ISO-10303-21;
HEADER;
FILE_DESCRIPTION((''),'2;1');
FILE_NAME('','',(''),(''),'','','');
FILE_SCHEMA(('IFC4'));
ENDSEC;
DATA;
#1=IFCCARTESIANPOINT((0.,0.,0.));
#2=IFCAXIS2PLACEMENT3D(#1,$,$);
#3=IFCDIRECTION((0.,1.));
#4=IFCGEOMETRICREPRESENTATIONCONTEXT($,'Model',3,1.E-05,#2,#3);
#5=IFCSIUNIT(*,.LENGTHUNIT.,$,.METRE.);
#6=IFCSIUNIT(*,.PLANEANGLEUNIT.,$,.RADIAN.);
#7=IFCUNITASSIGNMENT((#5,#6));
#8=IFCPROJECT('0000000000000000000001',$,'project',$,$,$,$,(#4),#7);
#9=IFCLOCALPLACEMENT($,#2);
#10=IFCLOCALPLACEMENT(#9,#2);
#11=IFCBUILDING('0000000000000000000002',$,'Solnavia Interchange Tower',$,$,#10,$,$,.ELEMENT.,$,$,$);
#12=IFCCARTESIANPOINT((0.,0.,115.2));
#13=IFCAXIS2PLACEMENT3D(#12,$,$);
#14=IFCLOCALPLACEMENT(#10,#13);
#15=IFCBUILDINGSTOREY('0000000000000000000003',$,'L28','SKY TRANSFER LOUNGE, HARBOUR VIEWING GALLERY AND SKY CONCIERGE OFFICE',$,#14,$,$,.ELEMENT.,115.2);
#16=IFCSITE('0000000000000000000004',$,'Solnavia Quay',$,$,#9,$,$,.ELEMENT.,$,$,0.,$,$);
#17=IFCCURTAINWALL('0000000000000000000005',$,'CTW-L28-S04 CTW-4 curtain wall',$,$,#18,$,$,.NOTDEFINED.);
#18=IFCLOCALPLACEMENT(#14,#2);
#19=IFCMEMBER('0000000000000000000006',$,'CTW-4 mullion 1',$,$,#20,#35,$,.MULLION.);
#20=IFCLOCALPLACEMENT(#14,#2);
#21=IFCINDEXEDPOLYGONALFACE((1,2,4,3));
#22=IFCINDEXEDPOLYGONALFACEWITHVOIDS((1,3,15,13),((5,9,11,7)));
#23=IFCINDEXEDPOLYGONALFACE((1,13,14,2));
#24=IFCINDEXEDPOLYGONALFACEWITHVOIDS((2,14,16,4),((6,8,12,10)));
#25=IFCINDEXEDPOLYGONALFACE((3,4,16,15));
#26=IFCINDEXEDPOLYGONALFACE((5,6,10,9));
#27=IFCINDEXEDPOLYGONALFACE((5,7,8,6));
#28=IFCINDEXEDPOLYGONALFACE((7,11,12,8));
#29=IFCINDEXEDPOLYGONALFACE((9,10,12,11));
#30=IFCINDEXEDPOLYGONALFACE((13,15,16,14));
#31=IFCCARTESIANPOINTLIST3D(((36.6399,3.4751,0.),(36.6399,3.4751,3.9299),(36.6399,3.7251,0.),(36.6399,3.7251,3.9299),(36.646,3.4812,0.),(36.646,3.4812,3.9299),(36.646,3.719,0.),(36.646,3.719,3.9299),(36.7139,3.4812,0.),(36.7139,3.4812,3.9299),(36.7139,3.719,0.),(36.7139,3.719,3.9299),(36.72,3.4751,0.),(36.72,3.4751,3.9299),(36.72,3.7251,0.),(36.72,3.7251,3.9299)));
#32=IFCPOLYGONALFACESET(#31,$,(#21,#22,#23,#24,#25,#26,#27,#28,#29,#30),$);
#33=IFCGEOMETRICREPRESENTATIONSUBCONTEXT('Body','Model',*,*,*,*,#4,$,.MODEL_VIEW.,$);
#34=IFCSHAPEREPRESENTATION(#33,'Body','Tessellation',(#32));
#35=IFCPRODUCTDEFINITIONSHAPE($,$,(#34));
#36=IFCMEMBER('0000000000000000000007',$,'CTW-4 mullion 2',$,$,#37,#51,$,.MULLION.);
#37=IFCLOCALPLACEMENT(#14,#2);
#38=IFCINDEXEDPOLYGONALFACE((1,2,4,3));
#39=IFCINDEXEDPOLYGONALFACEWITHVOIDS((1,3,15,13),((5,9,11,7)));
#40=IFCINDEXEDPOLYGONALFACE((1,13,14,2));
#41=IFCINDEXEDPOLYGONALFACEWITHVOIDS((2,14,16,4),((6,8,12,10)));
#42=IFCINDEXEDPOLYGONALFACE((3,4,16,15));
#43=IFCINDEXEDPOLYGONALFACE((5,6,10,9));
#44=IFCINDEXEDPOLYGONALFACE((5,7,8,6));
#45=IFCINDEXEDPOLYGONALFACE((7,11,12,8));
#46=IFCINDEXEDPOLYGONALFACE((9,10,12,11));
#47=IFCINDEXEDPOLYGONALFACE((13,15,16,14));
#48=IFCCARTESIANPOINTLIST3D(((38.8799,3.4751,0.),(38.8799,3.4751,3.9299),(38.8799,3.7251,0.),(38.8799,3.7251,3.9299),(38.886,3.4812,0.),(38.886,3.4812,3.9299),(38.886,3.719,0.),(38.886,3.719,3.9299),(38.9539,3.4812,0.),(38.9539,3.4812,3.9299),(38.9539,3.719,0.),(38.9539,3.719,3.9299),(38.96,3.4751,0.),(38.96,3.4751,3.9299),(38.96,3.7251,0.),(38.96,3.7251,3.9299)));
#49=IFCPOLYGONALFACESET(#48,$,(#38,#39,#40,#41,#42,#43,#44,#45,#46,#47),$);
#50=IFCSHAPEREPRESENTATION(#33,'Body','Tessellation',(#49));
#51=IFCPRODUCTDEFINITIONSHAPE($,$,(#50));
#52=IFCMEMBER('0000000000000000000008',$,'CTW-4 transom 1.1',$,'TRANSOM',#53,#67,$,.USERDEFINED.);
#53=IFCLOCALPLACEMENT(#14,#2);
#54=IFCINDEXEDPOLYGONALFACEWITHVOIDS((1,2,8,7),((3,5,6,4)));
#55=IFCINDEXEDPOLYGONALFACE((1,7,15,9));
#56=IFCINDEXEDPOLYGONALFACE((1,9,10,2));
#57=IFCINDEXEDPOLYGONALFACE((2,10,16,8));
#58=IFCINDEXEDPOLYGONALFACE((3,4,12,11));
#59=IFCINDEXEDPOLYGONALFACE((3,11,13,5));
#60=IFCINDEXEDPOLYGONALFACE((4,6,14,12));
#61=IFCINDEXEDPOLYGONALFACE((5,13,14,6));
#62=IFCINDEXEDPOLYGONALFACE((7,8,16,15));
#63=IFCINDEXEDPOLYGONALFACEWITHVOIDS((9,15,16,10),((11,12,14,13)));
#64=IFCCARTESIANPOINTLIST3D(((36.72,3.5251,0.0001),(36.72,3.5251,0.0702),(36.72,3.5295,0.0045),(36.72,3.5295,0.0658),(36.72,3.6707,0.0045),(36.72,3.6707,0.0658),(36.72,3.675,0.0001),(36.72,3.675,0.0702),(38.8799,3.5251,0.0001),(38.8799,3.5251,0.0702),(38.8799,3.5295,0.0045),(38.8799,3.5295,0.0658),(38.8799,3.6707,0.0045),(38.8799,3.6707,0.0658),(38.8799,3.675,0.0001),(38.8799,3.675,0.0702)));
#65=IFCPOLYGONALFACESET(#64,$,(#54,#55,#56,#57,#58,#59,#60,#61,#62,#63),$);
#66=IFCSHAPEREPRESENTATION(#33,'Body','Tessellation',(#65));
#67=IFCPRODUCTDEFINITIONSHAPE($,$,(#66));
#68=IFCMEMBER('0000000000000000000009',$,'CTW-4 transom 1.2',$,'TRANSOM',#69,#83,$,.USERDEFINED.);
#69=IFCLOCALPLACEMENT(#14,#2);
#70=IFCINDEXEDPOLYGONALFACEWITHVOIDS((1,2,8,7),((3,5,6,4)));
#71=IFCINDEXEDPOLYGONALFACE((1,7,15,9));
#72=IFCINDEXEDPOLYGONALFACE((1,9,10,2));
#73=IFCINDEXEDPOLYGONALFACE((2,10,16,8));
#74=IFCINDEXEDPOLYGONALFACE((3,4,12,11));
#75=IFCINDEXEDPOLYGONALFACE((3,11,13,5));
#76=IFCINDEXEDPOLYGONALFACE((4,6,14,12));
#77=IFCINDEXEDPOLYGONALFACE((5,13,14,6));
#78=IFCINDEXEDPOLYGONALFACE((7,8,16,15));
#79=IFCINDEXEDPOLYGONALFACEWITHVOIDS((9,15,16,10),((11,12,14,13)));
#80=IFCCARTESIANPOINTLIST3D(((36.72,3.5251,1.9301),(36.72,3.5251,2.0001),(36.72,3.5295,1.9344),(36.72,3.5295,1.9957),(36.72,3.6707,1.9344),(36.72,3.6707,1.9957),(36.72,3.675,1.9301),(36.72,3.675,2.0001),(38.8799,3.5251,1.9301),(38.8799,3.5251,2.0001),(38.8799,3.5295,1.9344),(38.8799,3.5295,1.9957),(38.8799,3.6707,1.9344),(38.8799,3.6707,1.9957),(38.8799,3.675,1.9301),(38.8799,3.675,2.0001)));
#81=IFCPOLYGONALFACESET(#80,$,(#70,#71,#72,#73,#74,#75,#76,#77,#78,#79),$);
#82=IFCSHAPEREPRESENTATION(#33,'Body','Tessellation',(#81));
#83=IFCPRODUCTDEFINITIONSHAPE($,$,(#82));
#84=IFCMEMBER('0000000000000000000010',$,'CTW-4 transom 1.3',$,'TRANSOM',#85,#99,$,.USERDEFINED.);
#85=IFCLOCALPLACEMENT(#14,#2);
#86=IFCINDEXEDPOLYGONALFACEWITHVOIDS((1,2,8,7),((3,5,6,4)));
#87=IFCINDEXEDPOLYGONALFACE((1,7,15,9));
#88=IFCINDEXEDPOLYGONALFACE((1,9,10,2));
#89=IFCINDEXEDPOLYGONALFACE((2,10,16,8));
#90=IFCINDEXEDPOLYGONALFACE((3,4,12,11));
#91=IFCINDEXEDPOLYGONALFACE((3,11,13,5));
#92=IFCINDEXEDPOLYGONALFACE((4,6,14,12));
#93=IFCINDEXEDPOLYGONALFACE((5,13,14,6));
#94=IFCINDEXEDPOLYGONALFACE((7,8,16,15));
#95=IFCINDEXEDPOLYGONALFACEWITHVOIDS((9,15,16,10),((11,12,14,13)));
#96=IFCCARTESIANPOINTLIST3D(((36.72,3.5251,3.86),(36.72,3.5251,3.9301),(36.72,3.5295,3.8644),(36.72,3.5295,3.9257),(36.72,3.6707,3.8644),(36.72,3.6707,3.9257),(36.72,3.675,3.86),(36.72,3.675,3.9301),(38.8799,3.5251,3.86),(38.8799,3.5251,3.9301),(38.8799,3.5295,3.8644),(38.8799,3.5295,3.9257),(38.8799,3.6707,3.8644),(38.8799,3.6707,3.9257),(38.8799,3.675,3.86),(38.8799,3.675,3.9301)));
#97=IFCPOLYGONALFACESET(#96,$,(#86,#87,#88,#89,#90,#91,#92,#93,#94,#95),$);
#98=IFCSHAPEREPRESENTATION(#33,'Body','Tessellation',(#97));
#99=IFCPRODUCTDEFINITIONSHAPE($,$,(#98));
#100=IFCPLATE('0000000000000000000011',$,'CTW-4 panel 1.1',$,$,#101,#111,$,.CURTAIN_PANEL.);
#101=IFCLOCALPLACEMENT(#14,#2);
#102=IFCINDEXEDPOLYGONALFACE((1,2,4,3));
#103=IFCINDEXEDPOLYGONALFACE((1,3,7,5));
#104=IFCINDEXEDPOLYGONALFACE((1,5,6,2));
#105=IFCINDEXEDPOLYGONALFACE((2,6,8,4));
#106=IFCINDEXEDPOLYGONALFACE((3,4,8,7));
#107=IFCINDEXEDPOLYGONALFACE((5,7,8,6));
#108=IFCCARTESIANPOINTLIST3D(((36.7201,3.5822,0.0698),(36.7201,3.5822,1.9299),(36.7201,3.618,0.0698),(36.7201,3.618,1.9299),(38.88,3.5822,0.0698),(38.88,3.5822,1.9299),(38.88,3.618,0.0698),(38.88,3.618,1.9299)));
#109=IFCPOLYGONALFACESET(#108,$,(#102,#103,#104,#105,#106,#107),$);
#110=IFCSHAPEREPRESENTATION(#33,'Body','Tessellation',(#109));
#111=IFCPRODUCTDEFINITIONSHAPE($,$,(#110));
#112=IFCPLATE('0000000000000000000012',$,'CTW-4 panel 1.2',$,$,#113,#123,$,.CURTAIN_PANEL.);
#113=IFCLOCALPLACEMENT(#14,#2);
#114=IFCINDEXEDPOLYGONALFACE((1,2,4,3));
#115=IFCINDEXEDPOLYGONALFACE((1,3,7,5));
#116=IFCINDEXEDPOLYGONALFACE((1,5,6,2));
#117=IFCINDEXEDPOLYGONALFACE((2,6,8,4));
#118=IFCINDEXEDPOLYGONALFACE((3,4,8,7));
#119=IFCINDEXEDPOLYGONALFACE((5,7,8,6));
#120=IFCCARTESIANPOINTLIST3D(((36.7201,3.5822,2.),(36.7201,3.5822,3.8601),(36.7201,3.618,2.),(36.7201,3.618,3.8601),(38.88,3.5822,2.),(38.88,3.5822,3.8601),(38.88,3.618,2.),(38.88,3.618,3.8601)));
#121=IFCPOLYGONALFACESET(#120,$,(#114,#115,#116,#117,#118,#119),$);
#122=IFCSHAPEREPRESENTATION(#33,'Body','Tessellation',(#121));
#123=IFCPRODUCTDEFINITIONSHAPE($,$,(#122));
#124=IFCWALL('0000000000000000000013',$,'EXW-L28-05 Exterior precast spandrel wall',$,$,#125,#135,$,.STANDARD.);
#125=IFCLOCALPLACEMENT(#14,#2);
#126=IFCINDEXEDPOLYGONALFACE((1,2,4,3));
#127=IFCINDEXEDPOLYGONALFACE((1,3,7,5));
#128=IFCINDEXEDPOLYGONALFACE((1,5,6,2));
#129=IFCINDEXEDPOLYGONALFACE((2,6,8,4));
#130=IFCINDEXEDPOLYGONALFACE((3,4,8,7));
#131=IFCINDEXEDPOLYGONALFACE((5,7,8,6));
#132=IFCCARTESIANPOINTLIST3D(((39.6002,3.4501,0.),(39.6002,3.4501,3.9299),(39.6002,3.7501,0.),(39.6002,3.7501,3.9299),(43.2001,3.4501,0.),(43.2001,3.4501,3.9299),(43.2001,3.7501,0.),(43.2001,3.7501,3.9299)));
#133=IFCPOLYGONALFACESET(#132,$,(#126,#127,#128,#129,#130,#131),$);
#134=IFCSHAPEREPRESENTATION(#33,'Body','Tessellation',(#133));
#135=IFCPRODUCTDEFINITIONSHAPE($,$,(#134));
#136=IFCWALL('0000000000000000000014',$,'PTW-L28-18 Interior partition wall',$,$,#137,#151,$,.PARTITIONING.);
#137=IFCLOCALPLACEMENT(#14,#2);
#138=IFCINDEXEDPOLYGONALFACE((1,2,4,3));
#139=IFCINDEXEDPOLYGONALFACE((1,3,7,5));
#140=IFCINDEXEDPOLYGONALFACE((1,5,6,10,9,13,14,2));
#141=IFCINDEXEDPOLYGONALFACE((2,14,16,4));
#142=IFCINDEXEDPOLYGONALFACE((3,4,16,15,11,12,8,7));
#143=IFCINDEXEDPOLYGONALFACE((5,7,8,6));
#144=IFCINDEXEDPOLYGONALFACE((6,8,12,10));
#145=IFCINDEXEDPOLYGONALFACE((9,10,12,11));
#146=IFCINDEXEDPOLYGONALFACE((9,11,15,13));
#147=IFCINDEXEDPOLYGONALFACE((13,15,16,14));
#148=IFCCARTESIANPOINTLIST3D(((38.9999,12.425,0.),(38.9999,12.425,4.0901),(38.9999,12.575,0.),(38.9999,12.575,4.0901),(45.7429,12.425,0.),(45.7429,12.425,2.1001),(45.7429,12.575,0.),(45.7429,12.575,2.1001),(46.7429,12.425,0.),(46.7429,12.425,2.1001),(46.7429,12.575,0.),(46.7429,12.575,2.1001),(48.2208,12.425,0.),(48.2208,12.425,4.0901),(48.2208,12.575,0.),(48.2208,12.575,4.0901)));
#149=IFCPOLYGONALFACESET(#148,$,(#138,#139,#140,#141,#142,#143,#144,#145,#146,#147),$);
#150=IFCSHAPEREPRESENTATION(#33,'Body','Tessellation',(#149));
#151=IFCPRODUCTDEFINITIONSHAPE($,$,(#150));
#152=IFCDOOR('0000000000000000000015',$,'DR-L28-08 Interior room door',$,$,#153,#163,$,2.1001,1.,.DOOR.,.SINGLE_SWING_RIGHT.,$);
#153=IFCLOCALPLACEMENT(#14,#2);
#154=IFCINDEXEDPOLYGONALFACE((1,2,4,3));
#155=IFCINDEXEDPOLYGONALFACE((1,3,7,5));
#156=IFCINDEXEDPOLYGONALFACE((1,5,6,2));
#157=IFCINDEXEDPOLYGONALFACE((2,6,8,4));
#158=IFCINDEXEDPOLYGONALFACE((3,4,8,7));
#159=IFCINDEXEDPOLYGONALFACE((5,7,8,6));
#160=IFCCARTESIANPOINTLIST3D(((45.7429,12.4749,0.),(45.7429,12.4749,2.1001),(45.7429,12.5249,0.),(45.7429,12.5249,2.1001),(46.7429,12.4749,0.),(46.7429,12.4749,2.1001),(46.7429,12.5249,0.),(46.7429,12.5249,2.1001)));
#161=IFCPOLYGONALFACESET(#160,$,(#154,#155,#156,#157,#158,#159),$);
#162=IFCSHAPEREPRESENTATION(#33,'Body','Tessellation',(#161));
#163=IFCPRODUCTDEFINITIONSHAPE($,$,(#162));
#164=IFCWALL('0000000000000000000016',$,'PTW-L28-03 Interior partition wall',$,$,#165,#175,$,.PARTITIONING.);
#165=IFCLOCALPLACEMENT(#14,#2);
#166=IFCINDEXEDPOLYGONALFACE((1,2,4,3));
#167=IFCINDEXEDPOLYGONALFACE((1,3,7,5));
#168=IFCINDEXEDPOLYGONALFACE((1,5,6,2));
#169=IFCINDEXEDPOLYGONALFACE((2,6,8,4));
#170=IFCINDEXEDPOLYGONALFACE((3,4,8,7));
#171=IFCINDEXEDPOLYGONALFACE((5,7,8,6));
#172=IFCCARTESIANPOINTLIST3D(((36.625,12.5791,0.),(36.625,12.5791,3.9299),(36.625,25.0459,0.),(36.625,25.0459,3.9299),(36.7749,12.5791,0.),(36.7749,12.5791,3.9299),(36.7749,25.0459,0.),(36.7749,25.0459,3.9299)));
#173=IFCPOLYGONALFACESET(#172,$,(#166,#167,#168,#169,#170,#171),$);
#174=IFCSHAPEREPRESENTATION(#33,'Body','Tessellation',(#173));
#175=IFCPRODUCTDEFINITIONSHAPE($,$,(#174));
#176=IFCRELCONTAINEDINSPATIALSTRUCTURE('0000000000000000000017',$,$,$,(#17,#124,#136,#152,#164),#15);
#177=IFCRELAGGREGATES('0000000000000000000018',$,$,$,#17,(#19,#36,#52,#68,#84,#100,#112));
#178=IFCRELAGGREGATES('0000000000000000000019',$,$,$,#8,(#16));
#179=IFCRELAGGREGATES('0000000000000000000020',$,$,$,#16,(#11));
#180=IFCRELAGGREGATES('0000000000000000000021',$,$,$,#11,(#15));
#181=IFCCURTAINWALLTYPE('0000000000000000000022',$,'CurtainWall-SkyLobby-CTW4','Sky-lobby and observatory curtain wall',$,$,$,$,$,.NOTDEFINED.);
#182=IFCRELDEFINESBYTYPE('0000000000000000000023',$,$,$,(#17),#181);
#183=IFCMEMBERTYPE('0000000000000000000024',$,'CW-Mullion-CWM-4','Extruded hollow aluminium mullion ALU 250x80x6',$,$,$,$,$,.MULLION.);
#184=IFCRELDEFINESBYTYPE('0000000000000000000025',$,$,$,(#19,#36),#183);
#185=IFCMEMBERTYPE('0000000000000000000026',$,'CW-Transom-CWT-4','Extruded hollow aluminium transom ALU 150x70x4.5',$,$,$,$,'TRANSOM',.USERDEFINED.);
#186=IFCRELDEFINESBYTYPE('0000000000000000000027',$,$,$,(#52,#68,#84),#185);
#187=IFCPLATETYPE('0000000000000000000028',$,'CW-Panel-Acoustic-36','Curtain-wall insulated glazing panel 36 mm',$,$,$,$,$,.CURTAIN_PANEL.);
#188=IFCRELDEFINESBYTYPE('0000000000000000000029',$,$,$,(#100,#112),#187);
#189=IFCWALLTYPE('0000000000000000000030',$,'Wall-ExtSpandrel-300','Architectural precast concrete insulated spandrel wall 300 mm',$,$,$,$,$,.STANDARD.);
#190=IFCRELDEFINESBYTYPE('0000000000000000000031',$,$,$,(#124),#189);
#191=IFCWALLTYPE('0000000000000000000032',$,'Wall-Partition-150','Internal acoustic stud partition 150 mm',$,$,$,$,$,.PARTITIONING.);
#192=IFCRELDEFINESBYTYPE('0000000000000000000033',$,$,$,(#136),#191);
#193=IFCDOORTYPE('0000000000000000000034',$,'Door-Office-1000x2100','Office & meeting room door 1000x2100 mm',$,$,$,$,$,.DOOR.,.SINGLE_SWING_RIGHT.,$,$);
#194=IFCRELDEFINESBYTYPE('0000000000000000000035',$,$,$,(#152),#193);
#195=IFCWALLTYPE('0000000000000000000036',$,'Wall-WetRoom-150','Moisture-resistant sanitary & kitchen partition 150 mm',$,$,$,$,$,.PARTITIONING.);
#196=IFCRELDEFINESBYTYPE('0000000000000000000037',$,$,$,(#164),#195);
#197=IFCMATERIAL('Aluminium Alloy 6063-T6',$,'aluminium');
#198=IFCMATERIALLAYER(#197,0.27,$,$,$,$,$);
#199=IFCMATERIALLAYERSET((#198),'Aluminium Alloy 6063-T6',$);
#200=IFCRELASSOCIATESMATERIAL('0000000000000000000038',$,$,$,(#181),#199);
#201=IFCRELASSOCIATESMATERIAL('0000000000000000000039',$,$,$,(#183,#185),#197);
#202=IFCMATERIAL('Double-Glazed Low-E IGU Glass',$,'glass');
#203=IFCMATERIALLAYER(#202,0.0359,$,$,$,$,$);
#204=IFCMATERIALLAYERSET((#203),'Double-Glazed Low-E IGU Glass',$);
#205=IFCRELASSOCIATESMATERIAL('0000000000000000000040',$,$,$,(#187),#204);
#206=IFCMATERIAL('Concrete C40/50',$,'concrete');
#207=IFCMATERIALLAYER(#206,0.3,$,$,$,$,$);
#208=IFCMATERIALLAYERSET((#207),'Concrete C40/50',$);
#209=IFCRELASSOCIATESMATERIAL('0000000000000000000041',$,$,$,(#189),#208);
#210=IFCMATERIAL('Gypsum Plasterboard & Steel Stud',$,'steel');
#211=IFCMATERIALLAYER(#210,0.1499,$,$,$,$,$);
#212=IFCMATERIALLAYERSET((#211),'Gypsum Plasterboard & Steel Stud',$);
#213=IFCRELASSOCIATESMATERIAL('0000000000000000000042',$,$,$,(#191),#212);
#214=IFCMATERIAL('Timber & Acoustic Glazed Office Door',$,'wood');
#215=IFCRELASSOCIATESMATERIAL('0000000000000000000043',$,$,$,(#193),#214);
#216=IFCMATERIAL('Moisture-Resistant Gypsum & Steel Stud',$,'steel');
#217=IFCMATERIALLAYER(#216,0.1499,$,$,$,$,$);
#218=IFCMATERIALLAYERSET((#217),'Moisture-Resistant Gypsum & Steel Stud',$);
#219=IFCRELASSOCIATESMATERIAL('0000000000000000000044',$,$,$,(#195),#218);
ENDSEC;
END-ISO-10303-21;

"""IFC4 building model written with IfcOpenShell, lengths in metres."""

from ifc_helpers import new_model, si_unit, direction, frame, frame_2d, origin, origin_2d, place, context, subcontext, project, spatial, rectangle, hollow_rectangle, extrude, material, layer, layer_set, material_profile, profile_set, type_object, element, fill, aggregate, save


model = new_model("IFC4")

# Units and contexts
model_context = context("Model", 3, precision=1e-05, world=origin(), true_north=direction((0.0, 1.0)))
body_context = subcontext(model_context, "Body", "Model", "MODEL_VIEW")
ifc_project = project(units=[si_unit("LENGTHUNIT", "METRE"), si_unit("PLANEANGLEUNIT", "RADIAN")], contexts=[model_context])

# Site, building, storey
site_placement = place(None, origin())
site = spatial("IfcSite", under=ifc_project, at=site_placement, Name="Solnavia Quay", CompositionType="ELEMENT", RefElevation=0.0)
building_placement = place(site_placement, origin())
building = spatial("IfcBuilding", under=site, at=building_placement, Name="Solnavia Interchange Tower", CompositionType="ELEMENT")
storey_placement = place(building_placement, frame((0.0, 0.0, 115.2)))
storey = spatial("IfcBuildingStorey", under=building, at=storey_placement, Name="L28", Description="SKY TRANSFER LOUNGE, HARBOUR VIEWING GALLERY AND SKY CONCIERGE OFFICE", CompositionType="ELEMENT", Elevation=115.2)

# Curtain wall, members, plates
ifc_material_1 = material(Name="Aluminium Alloy 6063-T6", Category="aluminium")
ifc_layer_1 = layer(ifc_material_1, 0.27)
ifc_layer_set_1 = layer_set([ifc_layer_1], Name="Aluminium Alloy 6063-T6")
curtain_wall_type = type_object("IfcCurtainWallType", Name="CurtainWall-SkyLobby-CTW4", Description="Sky-lobby and observatory curtain wall", PredefinedType="NOTDEFINED", material=ifc_layer_set_1)
curtain_wall_placement = place(storey_placement, origin())
curtain_wall = element("IfcCurtainWall", 1, at=curtain_wall_placement, inside=storey, type_object=curtain_wall_type, Name="CTW-L28-S04 CTW-4 curtain wall", PredefinedType="NOTDEFINED")
ifc_material_profile_1 = material_profile(ifc_material_1, hollow_rectangle(XDim=0.0801, YDim=0.25, WallThickness=0.0061, at=origin_2d()), Name="ALU 250x80x6")
ifc_profile_set_1 = profile_set([ifc_material_profile_1], Name="Aluminium Alloy 6063-T6")
member_type_1 = type_object("IfcMemberType", Name="CW-Mullion-CWM-4", Description="Extruded hollow aluminium mullion ALU 250x80x6", PredefinedType="MULLION", material=ifc_profile_set_1)
member_1_placement = place(storey_placement, frame((36.6799, 3.6001, 0.0), z_axis=(0.0, 0.0, 1.0), x_axis=(1.0, 0.0, 0.0)))
member_1 = element("IfcMember", 2, at=member_1_placement, type_object=member_type_1, Name="CTW-4 mullion 1", PredefinedType="MULLION", context=body_context, shape_type="SweptSolid", body=[
    extrude(hollow_rectangle(XDim=0.0801, YDim=0.25, WallThickness=0.0061, at=origin_2d()), origin(), (0.0, 0.0, 1.0), 3.9299),
])
member_2_placement = place(storey_placement, frame((38.9199, 3.6001, 0.0), z_axis=(0.0, 0.0, 1.0), x_axis=(1.0, 0.0, 0.0)))
member_2 = element("IfcMember", 3, at=member_2_placement, type_object=member_type_1, Name="CTW-4 mullion 2", PredefinedType="MULLION", context=body_context, shape_type="SweptSolid", body=[
    extrude(hollow_rectangle(XDim=0.0801, YDim=0.25, WallThickness=0.0061, at=origin_2d()), origin(), (0.0, 0.0, 1.0), 3.9299),
])
ifc_material_profile_2 = material_profile(ifc_material_1, hollow_rectangle(XDim=0.0701, YDim=0.1499, WallThickness=0.0044, at=origin_2d()), Name="ALU 150x70x4.5")
ifc_profile_set_2 = profile_set([ifc_material_profile_2], Name="Aluminium Alloy 6063-T6")
member_type_2 = type_object("IfcMemberType", Name="CW-Transom-CWT-4", Description="Extruded hollow aluminium transom ALU 150x70x4.5", ElementType="TRANSOM", PredefinedType="USERDEFINED", material=ifc_profile_set_2)
member_3_placement = place(storey_placement, frame((36.72, 3.6001, 0.0352), z_axis=(1.0, 0.0, 0.0), x_axis=(0.0, 0.0, 1.0)))
member_3 = element("IfcMember", 4, at=member_3_placement, type_object=member_type_2, Name="CTW-4 transom 1.1", ObjectType="TRANSOM", PredefinedType="USERDEFINED", context=body_context, shape_type="SweptSolid", body=[
    extrude(hollow_rectangle(XDim=0.0701, YDim=0.1499, WallThickness=0.0044, at=origin_2d()), origin(), (0.0, 0.0, 1.0), 2.1599),
])
member_4_placement = place(storey_placement, frame((36.72, 3.6001, 1.9651), z_axis=(1.0, 0.0, 0.0), x_axis=(0.0, 0.0, 1.0)))
member_4 = element("IfcMember", 5, at=member_4_placement, type_object=member_type_2, Name="CTW-4 transom 1.2", ObjectType="TRANSOM", PredefinedType="USERDEFINED", context=body_context, shape_type="SweptSolid", body=[
    extrude(hollow_rectangle(XDim=0.0701, YDim=0.1499, WallThickness=0.0044, at=origin_2d()), origin(), (0.0, 0.0, 1.0), 2.1599),
])
member_5_placement = place(storey_placement, frame((36.72, 3.6001, 3.895), z_axis=(1.0, 0.0, 0.0), x_axis=(0.0, 0.0, 1.0)))
member_5 = element("IfcMember", 6, at=member_5_placement, type_object=member_type_2, Name="CTW-4 transom 1.3", ObjectType="TRANSOM", PredefinedType="USERDEFINED", context=body_context, shape_type="SweptSolid", body=[
    extrude(hollow_rectangle(XDim=0.0701, YDim=0.1499, WallThickness=0.0044, at=origin_2d()), origin(), (0.0, 0.0, 1.0), 2.1599),
])
ifc_material_2 = material(Name="Double-Glazed Low-E IGU Glass", Category="glass")
ifc_layer_2 = layer(ifc_material_2, 0.0359)
ifc_layer_set_2 = layer_set([ifc_layer_2], Name="Double-Glazed Low-E IGU Glass")
plate_type = type_object("IfcPlateType", Name="CW-Panel-Acoustic-36", Description="Curtain-wall insulated glazing panel 36 mm", PredefinedType="CURTAIN_PANEL", material=ifc_layer_set_2)
plate_1_placement = place(storey_placement, frame((37.8, 3.6001, 0.0698), z_axis=(0.0, 0.0, 1.0), x_axis=(1.0, 0.0, 0.0)))
plate_1 = element("IfcPlate", 7, at=plate_1_placement, type_object=plate_type, Name="CTW-4 panel 1.1", PredefinedType="CURTAIN_PANEL", context=body_context, shape_type="SweptSolid", body=[
    extrude(rectangle(XDim=2.1599, YDim=0.0359, at=origin_2d()), origin(), (0.0, 0.0, 1.0), 1.8601),
])
plate_2_placement = place(storey_placement, frame((37.8, 3.6001, 2.0), z_axis=(0.0, 0.0, 1.0), x_axis=(1.0, 0.0, 0.0)))
plate_2 = element("IfcPlate", 8, at=plate_2_placement, type_object=plate_type, Name="CTW-4 panel 1.2", PredefinedType="CURTAIN_PANEL", context=body_context, shape_type="SweptSolid", body=[
    extrude(rectangle(XDim=2.1599, YDim=0.0359, at=origin_2d()), origin(), (0.0, 0.0, 1.0), 1.8601),
])
aggregate(curtain_wall, [member_1, member_2, member_3, member_4, member_5, plate_1, plate_2])

# Wall
ifc_material_3 = material(Name="Concrete C40/50", Category="concrete")
ifc_layer_3 = layer(ifc_material_3, 0.3)
ifc_layer_set_3 = layer_set([ifc_layer_3], Name="Concrete C40/50")
wall_type_1 = type_object("IfcWallType", Name="Wall-ExtSpandrel-300", Description="Architectural precast concrete insulated spandrel wall 300 mm", PredefinedType="STANDARD", material=ifc_layer_set_3)
wall_1_placement = place(storey_placement, frame((43.2, 3.6001, 0.0), z_axis=(0.0, 0.0, 1.0), x_axis=(-1.0, 0.0, 0.0)))
element("IfcWall", 9, at=wall_1_placement, inside=storey, type_object=wall_type_1, Name="EXW-L28-05 Exterior precast spandrel wall", PredefinedType="STANDARD", context=body_context, shape_type="SweptSolid", body=[
    extrude(rectangle(XDim=3.5999, YDim=0.3, at=frame_2d((1.7998, 0.0))), origin(), (0.0, 0.0, 1.0), 3.9299),
])

# Wall, opening, door
ifc_material_4 = material(Name="Gypsum Plasterboard & Steel Stud", Category="steel")
ifc_layer_4 = layer(ifc_material_4, 0.1499)
ifc_layer_set_4 = layer_set([ifc_layer_4], Name="Gypsum Plasterboard & Steel Stud")
wall_type_2 = type_object("IfcWallType", Name="Wall-Partition-150", Description="Internal acoustic stud partition 150 mm", PredefinedType="PARTITIONING", material=ifc_layer_set_4)
wall_2_placement = place(storey_placement, frame((39.0, 12.5, 0.0), z_axis=(0.0, 0.0, 1.0), x_axis=(1.0, 0.0, 0.0)))
wall_2 = element("IfcWall", 10, at=wall_2_placement, inside=storey, type_object=wall_type_2, Name="PTW-L28-18 Interior partition wall", PredefinedType="PARTITIONING", context=body_context, shape_type="SweptSolid", body=[
    extrude(rectangle(XDim=9.2209, YDim=0.1499, at=frame_2d((4.6104, 0.0))), origin(), (0.0, 0.0, 1.0), 4.0901),
])
opening_1_placement = place(wall_2_placement, frame((6.7429, 0.0, 0.0)))
opening_1 = element("IfcOpeningElement", 11, at=opening_1_placement, cuts=wall_2, PredefinedType="OPENING", context=body_context, shape_type="SweptSolid", body=[
    extrude(rectangle(XDim=1.0, YDim=2.1001, at=frame_2d((0.5, 1.05))), frame((0.0, 0.085, 0.0), z_axis=(0.0, -1.0, 0.0), x_axis=(1.0, 0.0, 0.0)), (0.0, 0.0, 1.0), 0.1699),
])
ifc_material_5 = material(Name="Timber & Acoustic Glazed Office Door", Category="wood")
door_type_1 = type_object("IfcDoorType", Name="Door-Office-1000x2100", Description="Office & meeting room door 1000x2100 mm", OperationType="SINGLE_SWING_RIGHT", PredefinedType="DOOR", material=ifc_material_5)
door_1_placement = place(opening_1_placement, origin())
door_1 = element("IfcDoor", 12, at=door_1_placement, inside=storey, type_object=door_type_1, Name="DR-L28-08 Interior room door", OperationType="SINGLE_SWING_RIGHT", OverallHeight=2.1001, OverallWidth=1.0, PredefinedType="DOOR", context=body_context, shape_type="SweptSolid", body=[
    extrude(rectangle(XDim=1.0, YDim=2.1001, at=frame_2d((0.5, 1.05))), frame((0.0, 0.0249, 0.0), z_axis=(0.0, -1.0, 0.0), x_axis=(1.0, 0.0, 0.0)), (0.0, 0.0, 1.0), 0.05),
])
fill(opening_1, door_1)

# Wall
ifc_material_6 = material(Name="Moisture-Resistant Gypsum & Steel Stud", Category="steel")
ifc_layer_5 = layer(ifc_material_6, 0.1499)
ifc_layer_set_5 = layer_set([ifc_layer_5], Name="Moisture-Resistant Gypsum & Steel Stud")
wall_type_3 = type_object("IfcWallType", Name="Wall-WetRoom-150", Description="Moisture-resistant sanitary & kitchen partition 150 mm", PredefinedType="PARTITIONING", material=ifc_layer_set_5)
wall_3_placement = place(storey_placement, frame((36.7, 12.5791, 0.0), z_axis=(0.0, 0.0, 1.0), x_axis=(0.0, 1.0, 0.0)))
element("IfcWall", 13, at=wall_3_placement, inside=storey, type_object=wall_type_3, Name="PTW-L28-03 Interior partition wall", PredefinedType="PARTITIONING", context=body_context, shape_type="SweptSolid", body=[
    extrude(rectangle(XDim=12.4668, YDim=0.1499, at=frame_2d((6.2334, 0.0))), origin(), (0.0, 0.0, 1.0), 3.9299),
])

save(model, "model.ifc")
